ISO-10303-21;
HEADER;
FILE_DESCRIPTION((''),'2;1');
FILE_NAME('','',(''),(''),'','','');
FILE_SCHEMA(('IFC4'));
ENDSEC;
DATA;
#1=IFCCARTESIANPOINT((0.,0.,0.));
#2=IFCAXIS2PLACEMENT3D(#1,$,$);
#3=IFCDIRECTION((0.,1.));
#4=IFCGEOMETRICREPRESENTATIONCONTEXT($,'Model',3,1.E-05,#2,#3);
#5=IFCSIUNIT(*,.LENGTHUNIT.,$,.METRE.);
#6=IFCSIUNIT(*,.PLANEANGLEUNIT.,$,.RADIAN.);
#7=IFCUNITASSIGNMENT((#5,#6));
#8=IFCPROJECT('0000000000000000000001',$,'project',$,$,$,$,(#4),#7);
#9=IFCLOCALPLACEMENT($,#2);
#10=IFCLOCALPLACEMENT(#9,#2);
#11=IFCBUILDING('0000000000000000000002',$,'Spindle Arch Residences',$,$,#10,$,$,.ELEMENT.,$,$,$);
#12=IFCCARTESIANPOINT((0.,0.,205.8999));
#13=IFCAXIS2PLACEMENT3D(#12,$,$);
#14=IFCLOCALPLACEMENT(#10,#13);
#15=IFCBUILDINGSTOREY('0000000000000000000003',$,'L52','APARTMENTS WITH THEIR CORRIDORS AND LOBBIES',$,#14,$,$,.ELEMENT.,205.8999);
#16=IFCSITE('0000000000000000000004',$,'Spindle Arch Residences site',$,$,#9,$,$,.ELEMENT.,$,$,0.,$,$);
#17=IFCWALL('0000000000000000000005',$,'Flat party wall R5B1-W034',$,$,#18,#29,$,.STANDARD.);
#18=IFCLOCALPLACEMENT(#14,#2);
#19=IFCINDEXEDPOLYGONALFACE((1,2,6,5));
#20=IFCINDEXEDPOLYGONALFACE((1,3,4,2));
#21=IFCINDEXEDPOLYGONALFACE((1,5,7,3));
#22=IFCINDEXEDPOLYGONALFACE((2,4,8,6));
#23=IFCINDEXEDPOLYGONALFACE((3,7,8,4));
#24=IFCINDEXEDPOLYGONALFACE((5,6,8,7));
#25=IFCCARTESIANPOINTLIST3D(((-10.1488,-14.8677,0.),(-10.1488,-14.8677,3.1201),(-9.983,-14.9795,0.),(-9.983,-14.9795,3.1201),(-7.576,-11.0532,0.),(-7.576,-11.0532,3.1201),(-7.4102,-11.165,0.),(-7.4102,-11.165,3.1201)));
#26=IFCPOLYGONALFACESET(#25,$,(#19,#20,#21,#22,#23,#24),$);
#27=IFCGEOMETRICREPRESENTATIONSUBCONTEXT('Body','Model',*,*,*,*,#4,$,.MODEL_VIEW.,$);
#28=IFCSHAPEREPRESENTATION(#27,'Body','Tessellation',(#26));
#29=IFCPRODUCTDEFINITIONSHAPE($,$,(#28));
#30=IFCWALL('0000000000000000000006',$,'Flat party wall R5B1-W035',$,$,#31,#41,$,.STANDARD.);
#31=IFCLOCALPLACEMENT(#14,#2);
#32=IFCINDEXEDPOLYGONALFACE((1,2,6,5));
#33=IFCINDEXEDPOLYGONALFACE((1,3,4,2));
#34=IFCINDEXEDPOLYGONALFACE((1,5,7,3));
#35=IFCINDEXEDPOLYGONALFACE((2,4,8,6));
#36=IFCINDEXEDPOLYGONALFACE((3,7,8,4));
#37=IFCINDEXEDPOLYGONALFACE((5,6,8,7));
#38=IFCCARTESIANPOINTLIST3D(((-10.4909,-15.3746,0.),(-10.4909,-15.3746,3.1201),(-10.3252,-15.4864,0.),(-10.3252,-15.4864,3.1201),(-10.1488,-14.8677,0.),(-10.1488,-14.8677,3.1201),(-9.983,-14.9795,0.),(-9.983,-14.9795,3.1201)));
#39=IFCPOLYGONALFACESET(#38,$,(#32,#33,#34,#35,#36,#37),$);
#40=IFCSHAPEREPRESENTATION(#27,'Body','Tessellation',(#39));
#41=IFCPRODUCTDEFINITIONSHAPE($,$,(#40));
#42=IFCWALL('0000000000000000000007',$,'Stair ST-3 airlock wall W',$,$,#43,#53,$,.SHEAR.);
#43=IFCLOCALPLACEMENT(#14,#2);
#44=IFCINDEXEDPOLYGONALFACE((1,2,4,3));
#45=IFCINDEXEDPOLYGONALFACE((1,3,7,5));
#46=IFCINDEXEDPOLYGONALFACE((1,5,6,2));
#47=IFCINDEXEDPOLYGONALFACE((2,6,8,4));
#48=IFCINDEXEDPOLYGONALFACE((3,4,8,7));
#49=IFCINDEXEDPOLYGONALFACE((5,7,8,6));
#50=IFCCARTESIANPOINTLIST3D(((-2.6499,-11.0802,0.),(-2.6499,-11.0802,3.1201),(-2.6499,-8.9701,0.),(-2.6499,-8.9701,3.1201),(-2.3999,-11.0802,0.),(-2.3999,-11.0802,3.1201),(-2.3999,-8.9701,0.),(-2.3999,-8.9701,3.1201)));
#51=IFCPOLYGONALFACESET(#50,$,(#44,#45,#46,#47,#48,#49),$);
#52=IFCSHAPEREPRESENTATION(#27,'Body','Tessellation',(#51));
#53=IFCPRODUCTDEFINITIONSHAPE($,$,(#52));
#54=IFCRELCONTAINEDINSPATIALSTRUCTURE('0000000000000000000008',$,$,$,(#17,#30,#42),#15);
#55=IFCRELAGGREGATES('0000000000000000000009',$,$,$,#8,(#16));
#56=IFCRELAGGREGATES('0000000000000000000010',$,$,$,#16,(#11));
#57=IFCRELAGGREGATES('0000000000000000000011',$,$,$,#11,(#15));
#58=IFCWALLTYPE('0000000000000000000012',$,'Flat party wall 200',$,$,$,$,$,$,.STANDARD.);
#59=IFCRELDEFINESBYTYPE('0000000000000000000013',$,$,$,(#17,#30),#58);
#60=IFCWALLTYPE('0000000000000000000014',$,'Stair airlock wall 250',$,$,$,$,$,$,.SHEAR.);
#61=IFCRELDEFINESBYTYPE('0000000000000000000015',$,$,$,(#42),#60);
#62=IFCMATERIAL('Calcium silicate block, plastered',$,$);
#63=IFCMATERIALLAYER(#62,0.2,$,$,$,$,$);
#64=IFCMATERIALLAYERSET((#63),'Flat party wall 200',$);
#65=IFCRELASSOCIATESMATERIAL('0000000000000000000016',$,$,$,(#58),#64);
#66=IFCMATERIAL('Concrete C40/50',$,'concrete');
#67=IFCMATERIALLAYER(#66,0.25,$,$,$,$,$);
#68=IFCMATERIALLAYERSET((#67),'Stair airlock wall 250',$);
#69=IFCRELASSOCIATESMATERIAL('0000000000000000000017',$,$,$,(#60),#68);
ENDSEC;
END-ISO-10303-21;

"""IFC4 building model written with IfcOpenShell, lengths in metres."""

from ifc_helpers import new_model, si_unit, direction, frame, frame_2d, origin, place, context, subcontext, project, spatial, rectangle, extrude, material, layer, layer_set, type_object, element, save


model = new_model("IFC4")

# Units and contexts
model_context = context("Model", 3, precision=1e-05, world=origin(), true_north=direction((0.0, 1.0)))
body_context = subcontext(model_context, "Body", "Model", "MODEL_VIEW")
ifc_project = project(units=[si_unit("LENGTHUNIT", "METRE"), si_unit("PLANEANGLEUNIT", "RADIAN")], contexts=[model_context])

# Site, building, storey
site_placement = place(None, origin())
site = spatial("IfcSite", under=ifc_project, at=site_placement, Name="Spindle Arch Residences site", CompositionType="ELEMENT", RefElevation=0.0)
building_placement = place(site_placement, origin())
building = spatial("IfcBuilding", under=site, at=building_placement, Name="Spindle Arch Residences", CompositionType="ELEMENT")
storey_placement = place(building_placement, frame((0.0, 0.0, 205.8999)))
storey = spatial("IfcBuildingStorey", under=building, at=storey_placement, Name="L52", Description="APARTMENTS WITH THEIR CORRIDORS AND LOBBIES", CompositionType="ELEMENT", Elevation=205.8999)

# Walls
ifc_material_1 = material(Name="Calcium silicate block, plastered")
ifc_layer_1 = layer(ifc_material_1, 0.2)
ifc_layer_set_1 = layer_set([ifc_layer_1], Name="Flat party wall 200")
wall_type_1 = type_object("IfcWallType", Name="Flat party wall 200", PredefinedType="STANDARD", material=ifc_layer_set_1)
wall_1_placement = place(storey_placement, frame((-10.0659, -14.9236, 0.0), z_axis=(0.0, 0.0, 1.0), x_axis=(0.559174, 0.82905, 0.0)))
element("IfcWall", 1, at=wall_1_placement, inside=storey, type_object=wall_type_1, Name="Flat party wall R5B1-W034", PredefinedType="STANDARD", context=body_context, shape_type="SweptSolid", body=[
    extrude(rectangle(XDim=4.6011, YDim=0.2, at=frame_2d((2.3005, 0.0))), origin(), (0.0, 0.0, 1.0), 3.1201),
])
wall_2_placement = place(storey_placement, frame((-10.408, -15.4304, 0.0), z_axis=(0.0, 0.0, 1.0), x_axis=(0.559391, 0.828904, 0.0)))
element("IfcWall", 2, at=wall_2_placement, inside=storey, type_object=wall_type_1, Name="Flat party wall R5B1-W035", PredefinedType="STANDARD", context=body_context, shape_type="SweptSolid", body=[
    extrude(rectangle(XDim=0.6116, YDim=0.2, at=frame_2d((0.3057, 0.0))), origin(), (0.0, 0.0, 1.0), 3.1201),
])
ifc_material_2 = material(Name="Concrete C40/50", Category="concrete")
ifc_layer_2 = layer(ifc_material_2, 0.25)
ifc_layer_set_2 = layer_set([ifc_layer_2], Name="Stair airlock wall 250")
wall_type_2 = type_object("IfcWallType", Name="Stair airlock wall 250", PredefinedType="SHEAR", material=ifc_layer_set_2)
wall_3_placement = place(storey_placement, frame((-2.5249, -8.97, 0.0), z_axis=(0.0, 0.0, 1.0), x_axis=(0.0, -1.0, 0.0)))
element("IfcWall", 3, at=wall_3_placement, inside=storey, type_object=wall_type_2, Name="Stair ST-3 airlock wall W", PredefinedType="SHEAR", context=body_context, shape_type="SweptSolid", body=[
    extrude(rectangle(XDim=2.1101, YDim=0.25, at=frame_2d((1.0552, 0.0))), origin(), (0.0, 0.0, 1.0), 3.1201),
])

save(model, "model.ifc")
